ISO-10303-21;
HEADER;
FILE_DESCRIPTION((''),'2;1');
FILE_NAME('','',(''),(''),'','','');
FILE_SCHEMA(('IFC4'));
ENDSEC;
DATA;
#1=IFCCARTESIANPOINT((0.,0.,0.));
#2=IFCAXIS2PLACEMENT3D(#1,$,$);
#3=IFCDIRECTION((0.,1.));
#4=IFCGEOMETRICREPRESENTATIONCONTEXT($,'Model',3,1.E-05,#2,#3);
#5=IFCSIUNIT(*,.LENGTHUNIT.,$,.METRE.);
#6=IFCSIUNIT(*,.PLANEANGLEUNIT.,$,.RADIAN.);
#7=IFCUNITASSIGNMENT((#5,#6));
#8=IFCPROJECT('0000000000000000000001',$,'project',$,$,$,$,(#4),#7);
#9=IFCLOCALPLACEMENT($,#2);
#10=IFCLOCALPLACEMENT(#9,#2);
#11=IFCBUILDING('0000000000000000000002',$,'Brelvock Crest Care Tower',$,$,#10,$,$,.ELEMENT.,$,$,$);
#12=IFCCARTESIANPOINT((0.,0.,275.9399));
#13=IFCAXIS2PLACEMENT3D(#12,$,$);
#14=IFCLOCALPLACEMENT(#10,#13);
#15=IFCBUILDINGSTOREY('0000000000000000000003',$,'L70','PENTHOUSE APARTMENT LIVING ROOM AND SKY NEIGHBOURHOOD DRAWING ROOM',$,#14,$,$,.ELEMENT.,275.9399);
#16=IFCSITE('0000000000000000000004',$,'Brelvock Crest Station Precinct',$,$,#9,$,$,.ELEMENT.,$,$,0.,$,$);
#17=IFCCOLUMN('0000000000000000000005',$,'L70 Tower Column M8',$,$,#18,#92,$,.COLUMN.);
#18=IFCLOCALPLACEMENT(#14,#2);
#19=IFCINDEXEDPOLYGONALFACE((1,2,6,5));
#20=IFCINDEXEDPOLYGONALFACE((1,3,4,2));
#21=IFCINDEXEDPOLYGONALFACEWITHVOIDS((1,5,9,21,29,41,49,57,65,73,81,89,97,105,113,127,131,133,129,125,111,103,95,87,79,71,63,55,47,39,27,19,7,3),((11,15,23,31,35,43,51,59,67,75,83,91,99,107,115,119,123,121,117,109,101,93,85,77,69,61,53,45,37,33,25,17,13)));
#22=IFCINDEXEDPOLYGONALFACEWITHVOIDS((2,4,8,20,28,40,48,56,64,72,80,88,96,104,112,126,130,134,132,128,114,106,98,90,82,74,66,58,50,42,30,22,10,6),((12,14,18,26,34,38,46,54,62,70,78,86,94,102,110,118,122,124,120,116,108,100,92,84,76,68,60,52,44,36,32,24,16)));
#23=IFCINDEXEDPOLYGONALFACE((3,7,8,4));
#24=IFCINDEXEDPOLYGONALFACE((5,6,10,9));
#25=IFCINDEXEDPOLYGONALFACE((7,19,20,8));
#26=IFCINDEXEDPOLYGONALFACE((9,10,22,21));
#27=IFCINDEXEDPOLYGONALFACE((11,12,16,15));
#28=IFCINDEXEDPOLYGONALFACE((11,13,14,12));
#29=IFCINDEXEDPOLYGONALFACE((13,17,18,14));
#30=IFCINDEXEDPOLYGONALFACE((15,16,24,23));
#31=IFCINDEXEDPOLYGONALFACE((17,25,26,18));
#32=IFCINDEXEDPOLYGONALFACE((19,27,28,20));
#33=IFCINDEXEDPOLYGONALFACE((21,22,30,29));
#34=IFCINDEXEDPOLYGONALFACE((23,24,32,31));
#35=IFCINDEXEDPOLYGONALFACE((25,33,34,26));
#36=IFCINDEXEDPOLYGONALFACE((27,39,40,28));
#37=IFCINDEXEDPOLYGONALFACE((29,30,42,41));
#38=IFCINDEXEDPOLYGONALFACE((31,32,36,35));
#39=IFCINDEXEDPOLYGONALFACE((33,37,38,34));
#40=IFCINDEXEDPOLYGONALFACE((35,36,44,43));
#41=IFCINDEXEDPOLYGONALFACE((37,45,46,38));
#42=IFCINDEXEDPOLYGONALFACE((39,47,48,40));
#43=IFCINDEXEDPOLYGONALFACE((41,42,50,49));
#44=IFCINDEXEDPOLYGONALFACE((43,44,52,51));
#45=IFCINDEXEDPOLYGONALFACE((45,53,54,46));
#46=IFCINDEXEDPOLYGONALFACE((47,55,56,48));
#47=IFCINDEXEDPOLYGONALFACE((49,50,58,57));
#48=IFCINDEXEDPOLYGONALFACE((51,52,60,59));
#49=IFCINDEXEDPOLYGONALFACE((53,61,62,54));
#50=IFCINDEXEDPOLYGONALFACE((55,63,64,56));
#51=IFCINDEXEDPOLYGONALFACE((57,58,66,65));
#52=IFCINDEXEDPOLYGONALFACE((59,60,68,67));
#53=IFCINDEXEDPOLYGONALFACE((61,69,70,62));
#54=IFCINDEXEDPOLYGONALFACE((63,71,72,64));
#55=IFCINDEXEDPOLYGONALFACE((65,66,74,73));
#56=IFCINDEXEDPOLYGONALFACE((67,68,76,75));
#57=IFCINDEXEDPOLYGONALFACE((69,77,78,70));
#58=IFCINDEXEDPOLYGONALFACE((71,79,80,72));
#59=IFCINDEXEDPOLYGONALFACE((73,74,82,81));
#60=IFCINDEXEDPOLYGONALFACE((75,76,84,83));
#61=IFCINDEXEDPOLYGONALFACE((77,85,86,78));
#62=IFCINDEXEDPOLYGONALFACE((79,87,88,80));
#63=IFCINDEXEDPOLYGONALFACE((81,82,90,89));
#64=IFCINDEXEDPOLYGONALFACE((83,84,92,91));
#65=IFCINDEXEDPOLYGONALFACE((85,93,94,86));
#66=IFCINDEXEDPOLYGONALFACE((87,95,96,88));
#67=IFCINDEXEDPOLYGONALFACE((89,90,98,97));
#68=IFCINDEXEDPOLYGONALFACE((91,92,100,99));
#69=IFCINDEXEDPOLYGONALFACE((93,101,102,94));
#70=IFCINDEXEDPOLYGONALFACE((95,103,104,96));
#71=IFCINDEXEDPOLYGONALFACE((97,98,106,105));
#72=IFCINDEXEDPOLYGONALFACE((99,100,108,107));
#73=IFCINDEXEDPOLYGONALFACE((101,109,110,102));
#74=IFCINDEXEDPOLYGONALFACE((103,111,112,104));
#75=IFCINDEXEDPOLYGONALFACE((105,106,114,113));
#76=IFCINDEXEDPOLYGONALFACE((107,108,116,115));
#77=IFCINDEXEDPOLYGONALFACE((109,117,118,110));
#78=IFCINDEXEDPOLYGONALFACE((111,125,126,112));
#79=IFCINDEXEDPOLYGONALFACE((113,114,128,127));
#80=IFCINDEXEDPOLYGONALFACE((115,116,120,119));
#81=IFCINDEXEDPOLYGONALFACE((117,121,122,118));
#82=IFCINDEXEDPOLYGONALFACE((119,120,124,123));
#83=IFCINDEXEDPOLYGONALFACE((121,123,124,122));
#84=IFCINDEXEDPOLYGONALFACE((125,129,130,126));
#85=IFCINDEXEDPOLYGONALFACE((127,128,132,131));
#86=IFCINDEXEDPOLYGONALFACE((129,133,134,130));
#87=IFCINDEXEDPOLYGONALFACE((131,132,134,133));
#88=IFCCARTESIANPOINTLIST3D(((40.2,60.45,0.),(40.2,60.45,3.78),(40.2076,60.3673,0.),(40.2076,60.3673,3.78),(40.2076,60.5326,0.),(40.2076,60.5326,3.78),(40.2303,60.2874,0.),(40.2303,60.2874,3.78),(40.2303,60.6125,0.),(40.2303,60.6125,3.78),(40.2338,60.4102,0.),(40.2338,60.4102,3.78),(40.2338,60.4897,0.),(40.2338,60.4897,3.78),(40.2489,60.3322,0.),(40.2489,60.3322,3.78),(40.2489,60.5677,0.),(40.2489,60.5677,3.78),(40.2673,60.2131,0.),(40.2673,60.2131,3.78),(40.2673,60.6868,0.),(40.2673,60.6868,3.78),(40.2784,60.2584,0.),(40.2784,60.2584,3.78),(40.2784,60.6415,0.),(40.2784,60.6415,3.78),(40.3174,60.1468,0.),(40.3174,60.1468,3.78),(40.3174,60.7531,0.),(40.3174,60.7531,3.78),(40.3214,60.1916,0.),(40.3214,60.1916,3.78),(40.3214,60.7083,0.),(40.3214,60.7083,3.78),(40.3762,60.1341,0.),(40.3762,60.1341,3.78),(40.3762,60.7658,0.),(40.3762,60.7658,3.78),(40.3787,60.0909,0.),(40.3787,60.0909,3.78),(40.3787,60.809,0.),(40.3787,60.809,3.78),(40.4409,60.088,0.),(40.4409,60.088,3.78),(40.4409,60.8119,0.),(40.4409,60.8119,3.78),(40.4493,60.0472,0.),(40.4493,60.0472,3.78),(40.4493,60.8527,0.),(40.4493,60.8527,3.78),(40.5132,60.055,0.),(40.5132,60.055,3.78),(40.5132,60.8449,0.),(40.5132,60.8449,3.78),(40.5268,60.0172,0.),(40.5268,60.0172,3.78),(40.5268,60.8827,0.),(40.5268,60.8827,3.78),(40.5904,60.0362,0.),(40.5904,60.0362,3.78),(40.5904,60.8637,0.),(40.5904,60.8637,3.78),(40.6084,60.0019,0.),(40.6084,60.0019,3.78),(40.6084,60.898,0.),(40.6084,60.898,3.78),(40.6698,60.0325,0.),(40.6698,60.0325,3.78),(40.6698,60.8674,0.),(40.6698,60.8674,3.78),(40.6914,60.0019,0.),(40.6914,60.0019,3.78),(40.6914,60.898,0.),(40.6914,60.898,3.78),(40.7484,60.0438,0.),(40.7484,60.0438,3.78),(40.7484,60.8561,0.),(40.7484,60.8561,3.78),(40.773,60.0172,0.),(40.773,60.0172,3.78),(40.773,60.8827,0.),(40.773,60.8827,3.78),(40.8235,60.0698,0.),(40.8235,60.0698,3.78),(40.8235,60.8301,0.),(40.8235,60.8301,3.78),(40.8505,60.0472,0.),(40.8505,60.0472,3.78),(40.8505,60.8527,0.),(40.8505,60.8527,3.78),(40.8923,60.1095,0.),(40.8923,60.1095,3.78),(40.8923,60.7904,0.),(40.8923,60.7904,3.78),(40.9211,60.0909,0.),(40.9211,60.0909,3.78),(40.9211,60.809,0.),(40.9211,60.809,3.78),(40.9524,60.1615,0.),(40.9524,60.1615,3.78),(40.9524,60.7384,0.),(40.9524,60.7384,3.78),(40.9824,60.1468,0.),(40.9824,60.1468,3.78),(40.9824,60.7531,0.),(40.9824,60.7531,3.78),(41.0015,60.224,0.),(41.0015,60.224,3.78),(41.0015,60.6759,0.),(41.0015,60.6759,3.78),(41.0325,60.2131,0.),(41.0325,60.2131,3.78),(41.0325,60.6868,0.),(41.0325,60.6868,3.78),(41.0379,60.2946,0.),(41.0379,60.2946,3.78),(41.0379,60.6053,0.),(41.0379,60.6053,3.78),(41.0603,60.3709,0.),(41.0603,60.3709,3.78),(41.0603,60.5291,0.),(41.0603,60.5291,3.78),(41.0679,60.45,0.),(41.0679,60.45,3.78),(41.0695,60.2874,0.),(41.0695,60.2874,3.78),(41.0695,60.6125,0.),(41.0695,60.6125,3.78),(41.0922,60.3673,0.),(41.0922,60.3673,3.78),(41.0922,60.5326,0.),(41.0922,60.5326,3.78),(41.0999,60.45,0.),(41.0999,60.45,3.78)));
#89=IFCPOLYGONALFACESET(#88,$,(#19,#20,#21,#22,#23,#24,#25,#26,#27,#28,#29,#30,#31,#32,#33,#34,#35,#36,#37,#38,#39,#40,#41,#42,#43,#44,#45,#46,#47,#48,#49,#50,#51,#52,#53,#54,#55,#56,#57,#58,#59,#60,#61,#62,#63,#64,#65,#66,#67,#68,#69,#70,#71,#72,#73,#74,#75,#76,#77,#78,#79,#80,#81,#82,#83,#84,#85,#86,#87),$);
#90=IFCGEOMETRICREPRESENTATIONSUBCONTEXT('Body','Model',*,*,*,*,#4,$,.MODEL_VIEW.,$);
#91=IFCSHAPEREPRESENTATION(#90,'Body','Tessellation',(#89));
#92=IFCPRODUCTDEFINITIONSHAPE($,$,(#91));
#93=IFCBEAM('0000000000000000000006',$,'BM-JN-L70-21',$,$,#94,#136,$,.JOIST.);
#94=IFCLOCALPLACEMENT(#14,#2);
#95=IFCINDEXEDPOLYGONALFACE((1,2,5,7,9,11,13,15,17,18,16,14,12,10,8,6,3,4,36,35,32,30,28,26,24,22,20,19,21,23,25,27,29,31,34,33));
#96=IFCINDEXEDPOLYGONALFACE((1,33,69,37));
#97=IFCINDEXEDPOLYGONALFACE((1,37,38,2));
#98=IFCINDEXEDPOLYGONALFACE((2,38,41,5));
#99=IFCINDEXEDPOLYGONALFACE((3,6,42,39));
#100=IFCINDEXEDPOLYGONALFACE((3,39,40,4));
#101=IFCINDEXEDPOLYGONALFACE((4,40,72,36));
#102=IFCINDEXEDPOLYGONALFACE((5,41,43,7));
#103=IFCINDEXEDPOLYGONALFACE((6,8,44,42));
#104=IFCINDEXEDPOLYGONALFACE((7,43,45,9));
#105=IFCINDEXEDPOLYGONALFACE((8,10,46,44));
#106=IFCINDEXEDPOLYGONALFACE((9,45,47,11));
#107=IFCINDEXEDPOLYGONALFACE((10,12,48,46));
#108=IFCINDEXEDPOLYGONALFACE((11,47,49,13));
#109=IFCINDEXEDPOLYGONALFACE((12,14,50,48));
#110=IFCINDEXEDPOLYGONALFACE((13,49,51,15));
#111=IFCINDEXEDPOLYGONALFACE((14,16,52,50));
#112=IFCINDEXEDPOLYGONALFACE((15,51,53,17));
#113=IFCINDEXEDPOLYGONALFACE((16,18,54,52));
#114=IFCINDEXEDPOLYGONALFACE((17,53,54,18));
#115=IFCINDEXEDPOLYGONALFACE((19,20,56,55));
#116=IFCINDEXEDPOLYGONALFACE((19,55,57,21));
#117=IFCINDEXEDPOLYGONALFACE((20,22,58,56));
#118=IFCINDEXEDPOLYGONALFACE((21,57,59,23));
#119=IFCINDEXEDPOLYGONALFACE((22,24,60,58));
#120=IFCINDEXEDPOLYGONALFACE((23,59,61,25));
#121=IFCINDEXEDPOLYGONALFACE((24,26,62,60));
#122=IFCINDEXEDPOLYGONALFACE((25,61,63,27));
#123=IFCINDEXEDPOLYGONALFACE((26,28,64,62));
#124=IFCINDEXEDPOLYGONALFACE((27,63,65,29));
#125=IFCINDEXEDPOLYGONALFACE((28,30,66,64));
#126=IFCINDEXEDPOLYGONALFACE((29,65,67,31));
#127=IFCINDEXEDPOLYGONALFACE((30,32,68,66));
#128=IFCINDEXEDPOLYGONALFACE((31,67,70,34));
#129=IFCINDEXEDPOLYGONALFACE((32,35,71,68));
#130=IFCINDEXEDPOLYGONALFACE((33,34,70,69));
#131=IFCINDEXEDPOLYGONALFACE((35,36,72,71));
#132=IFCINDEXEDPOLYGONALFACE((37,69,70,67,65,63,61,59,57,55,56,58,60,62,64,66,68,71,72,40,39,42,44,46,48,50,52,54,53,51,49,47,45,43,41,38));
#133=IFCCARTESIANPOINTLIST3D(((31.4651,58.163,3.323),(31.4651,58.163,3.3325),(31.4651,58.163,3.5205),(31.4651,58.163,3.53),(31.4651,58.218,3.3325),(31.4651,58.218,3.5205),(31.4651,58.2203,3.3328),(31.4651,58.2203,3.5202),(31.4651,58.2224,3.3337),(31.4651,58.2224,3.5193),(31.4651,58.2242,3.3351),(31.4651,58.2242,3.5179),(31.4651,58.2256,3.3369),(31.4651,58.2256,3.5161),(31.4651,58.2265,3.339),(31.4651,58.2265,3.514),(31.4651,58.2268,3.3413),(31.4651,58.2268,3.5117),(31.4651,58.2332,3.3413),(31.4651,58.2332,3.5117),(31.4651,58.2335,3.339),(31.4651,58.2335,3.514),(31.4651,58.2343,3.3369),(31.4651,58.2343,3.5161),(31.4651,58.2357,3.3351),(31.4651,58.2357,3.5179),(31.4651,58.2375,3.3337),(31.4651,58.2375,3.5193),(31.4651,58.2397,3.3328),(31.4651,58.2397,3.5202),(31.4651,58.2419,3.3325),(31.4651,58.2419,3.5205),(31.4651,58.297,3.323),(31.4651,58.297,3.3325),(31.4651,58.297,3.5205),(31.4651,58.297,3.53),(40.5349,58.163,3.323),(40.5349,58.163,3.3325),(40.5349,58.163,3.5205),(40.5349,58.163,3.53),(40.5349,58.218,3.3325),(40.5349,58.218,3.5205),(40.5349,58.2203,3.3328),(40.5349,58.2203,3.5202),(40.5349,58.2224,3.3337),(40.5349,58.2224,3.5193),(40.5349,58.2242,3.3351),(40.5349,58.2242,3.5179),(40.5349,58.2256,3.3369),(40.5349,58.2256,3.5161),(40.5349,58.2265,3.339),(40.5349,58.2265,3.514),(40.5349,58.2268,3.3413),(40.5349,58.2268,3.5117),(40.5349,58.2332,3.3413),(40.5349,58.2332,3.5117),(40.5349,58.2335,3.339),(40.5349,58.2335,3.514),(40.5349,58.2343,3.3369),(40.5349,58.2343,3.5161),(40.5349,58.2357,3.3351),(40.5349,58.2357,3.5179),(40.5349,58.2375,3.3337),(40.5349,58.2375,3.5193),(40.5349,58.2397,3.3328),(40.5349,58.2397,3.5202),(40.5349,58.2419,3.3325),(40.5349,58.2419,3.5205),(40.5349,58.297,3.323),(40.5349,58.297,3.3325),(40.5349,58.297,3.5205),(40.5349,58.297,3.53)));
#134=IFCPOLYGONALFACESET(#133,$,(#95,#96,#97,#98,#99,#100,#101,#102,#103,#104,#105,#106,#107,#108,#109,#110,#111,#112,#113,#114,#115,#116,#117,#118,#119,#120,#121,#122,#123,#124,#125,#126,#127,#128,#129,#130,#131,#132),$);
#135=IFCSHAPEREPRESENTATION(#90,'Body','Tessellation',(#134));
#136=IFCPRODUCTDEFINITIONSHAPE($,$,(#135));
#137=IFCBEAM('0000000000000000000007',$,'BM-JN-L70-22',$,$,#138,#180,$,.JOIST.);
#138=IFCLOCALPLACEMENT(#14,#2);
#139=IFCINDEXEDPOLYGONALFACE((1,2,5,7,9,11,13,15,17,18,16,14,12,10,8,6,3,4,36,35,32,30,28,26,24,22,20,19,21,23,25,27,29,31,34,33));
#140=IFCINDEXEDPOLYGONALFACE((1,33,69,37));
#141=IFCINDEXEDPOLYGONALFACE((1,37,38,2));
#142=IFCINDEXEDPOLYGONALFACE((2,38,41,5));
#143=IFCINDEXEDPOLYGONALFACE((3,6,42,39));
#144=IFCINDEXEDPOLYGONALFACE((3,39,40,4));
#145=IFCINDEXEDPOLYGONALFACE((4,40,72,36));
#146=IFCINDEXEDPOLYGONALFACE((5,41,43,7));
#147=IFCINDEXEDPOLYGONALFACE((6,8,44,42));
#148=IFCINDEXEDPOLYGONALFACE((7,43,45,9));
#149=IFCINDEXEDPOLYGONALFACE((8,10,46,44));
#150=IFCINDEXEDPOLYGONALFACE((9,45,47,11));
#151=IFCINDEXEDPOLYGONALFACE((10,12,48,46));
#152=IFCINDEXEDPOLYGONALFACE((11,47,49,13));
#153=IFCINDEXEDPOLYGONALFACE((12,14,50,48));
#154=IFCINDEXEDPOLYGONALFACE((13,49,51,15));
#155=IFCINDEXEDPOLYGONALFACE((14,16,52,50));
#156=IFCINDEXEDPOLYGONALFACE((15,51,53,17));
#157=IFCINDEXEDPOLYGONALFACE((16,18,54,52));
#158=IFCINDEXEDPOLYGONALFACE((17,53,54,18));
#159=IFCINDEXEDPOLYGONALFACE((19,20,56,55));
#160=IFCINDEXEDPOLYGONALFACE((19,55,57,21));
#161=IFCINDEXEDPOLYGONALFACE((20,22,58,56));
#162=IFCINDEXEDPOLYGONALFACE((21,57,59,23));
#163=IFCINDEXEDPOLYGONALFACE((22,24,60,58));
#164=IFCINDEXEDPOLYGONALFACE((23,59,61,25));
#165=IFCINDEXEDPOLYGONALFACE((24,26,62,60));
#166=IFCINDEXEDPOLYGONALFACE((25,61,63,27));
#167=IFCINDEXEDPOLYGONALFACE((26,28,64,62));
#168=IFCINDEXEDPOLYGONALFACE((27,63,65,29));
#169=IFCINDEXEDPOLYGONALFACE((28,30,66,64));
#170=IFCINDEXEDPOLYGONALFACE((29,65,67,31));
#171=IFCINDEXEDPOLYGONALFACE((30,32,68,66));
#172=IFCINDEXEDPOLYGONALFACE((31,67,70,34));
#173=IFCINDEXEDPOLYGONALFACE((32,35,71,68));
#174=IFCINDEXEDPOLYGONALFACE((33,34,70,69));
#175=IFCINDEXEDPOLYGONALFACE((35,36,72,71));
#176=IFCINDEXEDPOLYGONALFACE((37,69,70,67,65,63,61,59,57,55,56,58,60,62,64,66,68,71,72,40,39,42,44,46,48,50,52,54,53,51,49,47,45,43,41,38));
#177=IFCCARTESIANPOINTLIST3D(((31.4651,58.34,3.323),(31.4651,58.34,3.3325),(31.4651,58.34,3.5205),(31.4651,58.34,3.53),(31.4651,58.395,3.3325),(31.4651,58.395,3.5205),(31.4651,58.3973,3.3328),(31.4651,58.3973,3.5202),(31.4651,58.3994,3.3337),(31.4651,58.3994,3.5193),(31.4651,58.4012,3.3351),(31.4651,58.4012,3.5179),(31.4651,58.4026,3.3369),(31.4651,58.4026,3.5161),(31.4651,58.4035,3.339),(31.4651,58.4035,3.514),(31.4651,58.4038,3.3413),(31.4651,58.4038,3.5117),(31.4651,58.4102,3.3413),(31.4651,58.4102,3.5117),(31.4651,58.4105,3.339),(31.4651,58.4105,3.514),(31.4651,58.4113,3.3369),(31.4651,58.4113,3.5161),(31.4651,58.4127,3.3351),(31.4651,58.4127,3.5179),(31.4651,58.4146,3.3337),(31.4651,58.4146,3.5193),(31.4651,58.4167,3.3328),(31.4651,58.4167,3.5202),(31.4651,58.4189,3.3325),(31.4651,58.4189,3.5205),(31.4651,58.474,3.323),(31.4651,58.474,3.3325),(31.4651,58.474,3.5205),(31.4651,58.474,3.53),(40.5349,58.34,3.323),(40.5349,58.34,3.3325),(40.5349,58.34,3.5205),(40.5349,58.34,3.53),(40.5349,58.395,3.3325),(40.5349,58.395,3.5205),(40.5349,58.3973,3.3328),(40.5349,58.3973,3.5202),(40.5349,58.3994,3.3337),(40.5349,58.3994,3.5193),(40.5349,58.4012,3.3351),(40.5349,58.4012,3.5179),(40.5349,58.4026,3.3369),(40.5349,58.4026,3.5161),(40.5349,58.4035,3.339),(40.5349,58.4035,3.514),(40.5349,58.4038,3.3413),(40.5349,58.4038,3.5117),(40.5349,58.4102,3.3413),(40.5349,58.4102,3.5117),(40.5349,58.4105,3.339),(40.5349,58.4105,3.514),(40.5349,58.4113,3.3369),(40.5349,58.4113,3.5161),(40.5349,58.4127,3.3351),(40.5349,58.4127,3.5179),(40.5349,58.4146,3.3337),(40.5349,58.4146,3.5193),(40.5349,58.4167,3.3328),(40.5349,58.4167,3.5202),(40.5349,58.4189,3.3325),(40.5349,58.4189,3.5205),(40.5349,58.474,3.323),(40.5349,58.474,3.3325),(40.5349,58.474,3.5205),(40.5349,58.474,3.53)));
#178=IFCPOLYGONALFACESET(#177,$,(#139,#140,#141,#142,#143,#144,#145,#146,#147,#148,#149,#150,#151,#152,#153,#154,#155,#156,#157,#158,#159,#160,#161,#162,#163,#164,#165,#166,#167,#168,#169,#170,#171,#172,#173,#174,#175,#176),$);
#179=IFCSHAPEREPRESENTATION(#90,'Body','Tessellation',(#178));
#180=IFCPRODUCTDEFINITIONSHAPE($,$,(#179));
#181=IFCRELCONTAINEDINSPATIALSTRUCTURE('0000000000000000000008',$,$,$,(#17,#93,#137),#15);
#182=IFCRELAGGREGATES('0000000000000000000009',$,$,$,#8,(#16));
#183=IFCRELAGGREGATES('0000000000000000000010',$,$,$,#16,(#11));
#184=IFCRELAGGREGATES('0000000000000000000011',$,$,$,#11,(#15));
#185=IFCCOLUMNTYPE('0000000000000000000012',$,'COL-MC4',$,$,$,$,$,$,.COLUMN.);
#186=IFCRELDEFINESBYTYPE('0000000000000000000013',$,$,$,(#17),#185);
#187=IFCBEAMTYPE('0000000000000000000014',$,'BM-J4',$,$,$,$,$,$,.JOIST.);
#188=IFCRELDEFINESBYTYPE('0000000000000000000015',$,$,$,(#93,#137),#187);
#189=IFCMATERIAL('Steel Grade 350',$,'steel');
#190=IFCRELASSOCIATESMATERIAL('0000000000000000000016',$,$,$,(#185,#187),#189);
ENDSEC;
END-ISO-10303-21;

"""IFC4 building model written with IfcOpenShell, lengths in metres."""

from ifc_helpers import new_model, si_unit, direction, frame, origin, origin_2d, place, context, subcontext, project, spatial, hollow_circle, i_section, extrude, source, transform, mapped, material, material_profile, profile_set, type_object, element, save


model = new_model("IFC4")

# Units and contexts
model_context = context("Model", 3, precision=1e-05, world=origin(), true_north=direction((0.0, 1.0)))
body_context = subcontext(model_context, "Body", "Model", "MODEL_VIEW")
ifc_project = project(units=[si_unit("LENGTHUNIT", "METRE"), si_unit("PLANEANGLEUNIT", "RADIAN")], contexts=[model_context])

# Site, building, storey
site_placement = place(None, origin())
site = spatial("IfcSite", under=ifc_project, at=site_placement, Name="Brelvock Crest Station Precinct", CompositionType="ELEMENT", RefElevation=0.0)
building_placement = place(site_placement, origin())
building = spatial("IfcBuilding", under=site, at=building_placement, Name="Brelvock Crest Care Tower", CompositionType="ELEMENT")
storey_placement = place(building_placement, frame((0.0, 0.0, 275.9399)))
storey = spatial("IfcBuildingStorey", under=building, at=storey_placement, Name="L70", Description="PENTHOUSE APARTMENT LIVING ROOM AND SKY NEIGHBOURHOOD DRAWING ROOM", CompositionType="ELEMENT", Elevation=275.9399)

# Column
ifc_material_1 = material(Name="Steel Grade 350", Category="steel")
ifc_material_profile_1 = material_profile(ifc_material_1, hollow_circle(Radius=0.45, WallThickness=0.032, at=origin_2d()), Name="CFT900x32")
ifc_profile_set_1 = profile_set([ifc_material_profile_1], Name="Steel Grade 350")
column_type = type_object("IfcColumnType", Name="COL-MC4", PredefinedType="COLUMN", material=ifc_profile_set_1)
shared_shape_1 = source(origin(), body_context, "Body", "SweptSolid", [
    extrude(hollow_circle(Radius=0.45, WallThickness=0.032, at=origin_2d()), origin(), (0.0, 0.0, 1.0), 3.78),
])
column_placement = place(storey_placement, frame((40.6499, 60.45, 0.0), z_axis=(0.0, 0.0, 1.0), x_axis=(1.0, 0.0, 0.0)))
element("IfcColumn", 1, at=column_placement, inside=storey, type_object=column_type, Name="L70 Tower Column M8", PredefinedType="COLUMN", context=body_context, shape_type="MappedRepresentation", body=[
    mapped(shared_shape_1, transform((0.0, 0.0, 0.0), x_axis=(1.0, 0.0, 0.0), y_axis=(0.0, 1.0, 0.0), z_axis=(0.0, 0.0, 1.0), scale=1.0)),
])

# Beams
ifc_material_profile_2 = material_profile(ifc_material_1, i_section(OverallWidth=0.134, OverallDepth=0.207, WebThickness=0.0063, FlangeThickness=0.0095, FilletRadius=0.0088, at=origin_2d()), Name="200UB29.8")
ifc_profile_set_2 = profile_set([ifc_material_profile_2], Name="Steel Grade 350")
beam_type_1 = type_object("IfcBeamType", Name="BM-J4", PredefinedType="JOIST", material=ifc_profile_set_2)
shared_shape_2 = source(origin(), body_context, "Body", "SweptSolid", [
    extrude(i_section(OverallWidth=0.134, OverallDepth=0.207, WebThickness=0.0063, FlangeThickness=0.0095, FilletRadius=0.0088, at=origin_2d()), origin(), (0.0, 0.0, 1.0), 9.0698),
])
for number, where, z_axis, x_axis, name in (
    (2, (31.4651, 58.23, 3.4265), (1.0, 0.0, 0.0), (0.0, 1.0, 0.0), "BM-JN-L70-21"),
    (3, (31.4651, 58.407, 3.4265), (1.0, 0.0, 0.0), (0.0, 1.0, 0.0), "BM-JN-L70-22"),
):
    element("IfcBeam", number, at=place(storey_placement, frame(where, z_axis=z_axis, x_axis=x_axis)), inside=storey, type_object=beam_type_1, Name=name, PredefinedType="JOIST", context=body_context, shape_type="MappedRepresentation", body=[
        mapped(shared_shape_2, transform((0.0, 0.0, 0.0), x_axis=(1.0, 0.0, 0.0), y_axis=(0.0, 1.0, 0.0), z_axis=(0.0, 0.0, 1.0), scale=1.0)),
    ])

save(model, "model.ifc")
